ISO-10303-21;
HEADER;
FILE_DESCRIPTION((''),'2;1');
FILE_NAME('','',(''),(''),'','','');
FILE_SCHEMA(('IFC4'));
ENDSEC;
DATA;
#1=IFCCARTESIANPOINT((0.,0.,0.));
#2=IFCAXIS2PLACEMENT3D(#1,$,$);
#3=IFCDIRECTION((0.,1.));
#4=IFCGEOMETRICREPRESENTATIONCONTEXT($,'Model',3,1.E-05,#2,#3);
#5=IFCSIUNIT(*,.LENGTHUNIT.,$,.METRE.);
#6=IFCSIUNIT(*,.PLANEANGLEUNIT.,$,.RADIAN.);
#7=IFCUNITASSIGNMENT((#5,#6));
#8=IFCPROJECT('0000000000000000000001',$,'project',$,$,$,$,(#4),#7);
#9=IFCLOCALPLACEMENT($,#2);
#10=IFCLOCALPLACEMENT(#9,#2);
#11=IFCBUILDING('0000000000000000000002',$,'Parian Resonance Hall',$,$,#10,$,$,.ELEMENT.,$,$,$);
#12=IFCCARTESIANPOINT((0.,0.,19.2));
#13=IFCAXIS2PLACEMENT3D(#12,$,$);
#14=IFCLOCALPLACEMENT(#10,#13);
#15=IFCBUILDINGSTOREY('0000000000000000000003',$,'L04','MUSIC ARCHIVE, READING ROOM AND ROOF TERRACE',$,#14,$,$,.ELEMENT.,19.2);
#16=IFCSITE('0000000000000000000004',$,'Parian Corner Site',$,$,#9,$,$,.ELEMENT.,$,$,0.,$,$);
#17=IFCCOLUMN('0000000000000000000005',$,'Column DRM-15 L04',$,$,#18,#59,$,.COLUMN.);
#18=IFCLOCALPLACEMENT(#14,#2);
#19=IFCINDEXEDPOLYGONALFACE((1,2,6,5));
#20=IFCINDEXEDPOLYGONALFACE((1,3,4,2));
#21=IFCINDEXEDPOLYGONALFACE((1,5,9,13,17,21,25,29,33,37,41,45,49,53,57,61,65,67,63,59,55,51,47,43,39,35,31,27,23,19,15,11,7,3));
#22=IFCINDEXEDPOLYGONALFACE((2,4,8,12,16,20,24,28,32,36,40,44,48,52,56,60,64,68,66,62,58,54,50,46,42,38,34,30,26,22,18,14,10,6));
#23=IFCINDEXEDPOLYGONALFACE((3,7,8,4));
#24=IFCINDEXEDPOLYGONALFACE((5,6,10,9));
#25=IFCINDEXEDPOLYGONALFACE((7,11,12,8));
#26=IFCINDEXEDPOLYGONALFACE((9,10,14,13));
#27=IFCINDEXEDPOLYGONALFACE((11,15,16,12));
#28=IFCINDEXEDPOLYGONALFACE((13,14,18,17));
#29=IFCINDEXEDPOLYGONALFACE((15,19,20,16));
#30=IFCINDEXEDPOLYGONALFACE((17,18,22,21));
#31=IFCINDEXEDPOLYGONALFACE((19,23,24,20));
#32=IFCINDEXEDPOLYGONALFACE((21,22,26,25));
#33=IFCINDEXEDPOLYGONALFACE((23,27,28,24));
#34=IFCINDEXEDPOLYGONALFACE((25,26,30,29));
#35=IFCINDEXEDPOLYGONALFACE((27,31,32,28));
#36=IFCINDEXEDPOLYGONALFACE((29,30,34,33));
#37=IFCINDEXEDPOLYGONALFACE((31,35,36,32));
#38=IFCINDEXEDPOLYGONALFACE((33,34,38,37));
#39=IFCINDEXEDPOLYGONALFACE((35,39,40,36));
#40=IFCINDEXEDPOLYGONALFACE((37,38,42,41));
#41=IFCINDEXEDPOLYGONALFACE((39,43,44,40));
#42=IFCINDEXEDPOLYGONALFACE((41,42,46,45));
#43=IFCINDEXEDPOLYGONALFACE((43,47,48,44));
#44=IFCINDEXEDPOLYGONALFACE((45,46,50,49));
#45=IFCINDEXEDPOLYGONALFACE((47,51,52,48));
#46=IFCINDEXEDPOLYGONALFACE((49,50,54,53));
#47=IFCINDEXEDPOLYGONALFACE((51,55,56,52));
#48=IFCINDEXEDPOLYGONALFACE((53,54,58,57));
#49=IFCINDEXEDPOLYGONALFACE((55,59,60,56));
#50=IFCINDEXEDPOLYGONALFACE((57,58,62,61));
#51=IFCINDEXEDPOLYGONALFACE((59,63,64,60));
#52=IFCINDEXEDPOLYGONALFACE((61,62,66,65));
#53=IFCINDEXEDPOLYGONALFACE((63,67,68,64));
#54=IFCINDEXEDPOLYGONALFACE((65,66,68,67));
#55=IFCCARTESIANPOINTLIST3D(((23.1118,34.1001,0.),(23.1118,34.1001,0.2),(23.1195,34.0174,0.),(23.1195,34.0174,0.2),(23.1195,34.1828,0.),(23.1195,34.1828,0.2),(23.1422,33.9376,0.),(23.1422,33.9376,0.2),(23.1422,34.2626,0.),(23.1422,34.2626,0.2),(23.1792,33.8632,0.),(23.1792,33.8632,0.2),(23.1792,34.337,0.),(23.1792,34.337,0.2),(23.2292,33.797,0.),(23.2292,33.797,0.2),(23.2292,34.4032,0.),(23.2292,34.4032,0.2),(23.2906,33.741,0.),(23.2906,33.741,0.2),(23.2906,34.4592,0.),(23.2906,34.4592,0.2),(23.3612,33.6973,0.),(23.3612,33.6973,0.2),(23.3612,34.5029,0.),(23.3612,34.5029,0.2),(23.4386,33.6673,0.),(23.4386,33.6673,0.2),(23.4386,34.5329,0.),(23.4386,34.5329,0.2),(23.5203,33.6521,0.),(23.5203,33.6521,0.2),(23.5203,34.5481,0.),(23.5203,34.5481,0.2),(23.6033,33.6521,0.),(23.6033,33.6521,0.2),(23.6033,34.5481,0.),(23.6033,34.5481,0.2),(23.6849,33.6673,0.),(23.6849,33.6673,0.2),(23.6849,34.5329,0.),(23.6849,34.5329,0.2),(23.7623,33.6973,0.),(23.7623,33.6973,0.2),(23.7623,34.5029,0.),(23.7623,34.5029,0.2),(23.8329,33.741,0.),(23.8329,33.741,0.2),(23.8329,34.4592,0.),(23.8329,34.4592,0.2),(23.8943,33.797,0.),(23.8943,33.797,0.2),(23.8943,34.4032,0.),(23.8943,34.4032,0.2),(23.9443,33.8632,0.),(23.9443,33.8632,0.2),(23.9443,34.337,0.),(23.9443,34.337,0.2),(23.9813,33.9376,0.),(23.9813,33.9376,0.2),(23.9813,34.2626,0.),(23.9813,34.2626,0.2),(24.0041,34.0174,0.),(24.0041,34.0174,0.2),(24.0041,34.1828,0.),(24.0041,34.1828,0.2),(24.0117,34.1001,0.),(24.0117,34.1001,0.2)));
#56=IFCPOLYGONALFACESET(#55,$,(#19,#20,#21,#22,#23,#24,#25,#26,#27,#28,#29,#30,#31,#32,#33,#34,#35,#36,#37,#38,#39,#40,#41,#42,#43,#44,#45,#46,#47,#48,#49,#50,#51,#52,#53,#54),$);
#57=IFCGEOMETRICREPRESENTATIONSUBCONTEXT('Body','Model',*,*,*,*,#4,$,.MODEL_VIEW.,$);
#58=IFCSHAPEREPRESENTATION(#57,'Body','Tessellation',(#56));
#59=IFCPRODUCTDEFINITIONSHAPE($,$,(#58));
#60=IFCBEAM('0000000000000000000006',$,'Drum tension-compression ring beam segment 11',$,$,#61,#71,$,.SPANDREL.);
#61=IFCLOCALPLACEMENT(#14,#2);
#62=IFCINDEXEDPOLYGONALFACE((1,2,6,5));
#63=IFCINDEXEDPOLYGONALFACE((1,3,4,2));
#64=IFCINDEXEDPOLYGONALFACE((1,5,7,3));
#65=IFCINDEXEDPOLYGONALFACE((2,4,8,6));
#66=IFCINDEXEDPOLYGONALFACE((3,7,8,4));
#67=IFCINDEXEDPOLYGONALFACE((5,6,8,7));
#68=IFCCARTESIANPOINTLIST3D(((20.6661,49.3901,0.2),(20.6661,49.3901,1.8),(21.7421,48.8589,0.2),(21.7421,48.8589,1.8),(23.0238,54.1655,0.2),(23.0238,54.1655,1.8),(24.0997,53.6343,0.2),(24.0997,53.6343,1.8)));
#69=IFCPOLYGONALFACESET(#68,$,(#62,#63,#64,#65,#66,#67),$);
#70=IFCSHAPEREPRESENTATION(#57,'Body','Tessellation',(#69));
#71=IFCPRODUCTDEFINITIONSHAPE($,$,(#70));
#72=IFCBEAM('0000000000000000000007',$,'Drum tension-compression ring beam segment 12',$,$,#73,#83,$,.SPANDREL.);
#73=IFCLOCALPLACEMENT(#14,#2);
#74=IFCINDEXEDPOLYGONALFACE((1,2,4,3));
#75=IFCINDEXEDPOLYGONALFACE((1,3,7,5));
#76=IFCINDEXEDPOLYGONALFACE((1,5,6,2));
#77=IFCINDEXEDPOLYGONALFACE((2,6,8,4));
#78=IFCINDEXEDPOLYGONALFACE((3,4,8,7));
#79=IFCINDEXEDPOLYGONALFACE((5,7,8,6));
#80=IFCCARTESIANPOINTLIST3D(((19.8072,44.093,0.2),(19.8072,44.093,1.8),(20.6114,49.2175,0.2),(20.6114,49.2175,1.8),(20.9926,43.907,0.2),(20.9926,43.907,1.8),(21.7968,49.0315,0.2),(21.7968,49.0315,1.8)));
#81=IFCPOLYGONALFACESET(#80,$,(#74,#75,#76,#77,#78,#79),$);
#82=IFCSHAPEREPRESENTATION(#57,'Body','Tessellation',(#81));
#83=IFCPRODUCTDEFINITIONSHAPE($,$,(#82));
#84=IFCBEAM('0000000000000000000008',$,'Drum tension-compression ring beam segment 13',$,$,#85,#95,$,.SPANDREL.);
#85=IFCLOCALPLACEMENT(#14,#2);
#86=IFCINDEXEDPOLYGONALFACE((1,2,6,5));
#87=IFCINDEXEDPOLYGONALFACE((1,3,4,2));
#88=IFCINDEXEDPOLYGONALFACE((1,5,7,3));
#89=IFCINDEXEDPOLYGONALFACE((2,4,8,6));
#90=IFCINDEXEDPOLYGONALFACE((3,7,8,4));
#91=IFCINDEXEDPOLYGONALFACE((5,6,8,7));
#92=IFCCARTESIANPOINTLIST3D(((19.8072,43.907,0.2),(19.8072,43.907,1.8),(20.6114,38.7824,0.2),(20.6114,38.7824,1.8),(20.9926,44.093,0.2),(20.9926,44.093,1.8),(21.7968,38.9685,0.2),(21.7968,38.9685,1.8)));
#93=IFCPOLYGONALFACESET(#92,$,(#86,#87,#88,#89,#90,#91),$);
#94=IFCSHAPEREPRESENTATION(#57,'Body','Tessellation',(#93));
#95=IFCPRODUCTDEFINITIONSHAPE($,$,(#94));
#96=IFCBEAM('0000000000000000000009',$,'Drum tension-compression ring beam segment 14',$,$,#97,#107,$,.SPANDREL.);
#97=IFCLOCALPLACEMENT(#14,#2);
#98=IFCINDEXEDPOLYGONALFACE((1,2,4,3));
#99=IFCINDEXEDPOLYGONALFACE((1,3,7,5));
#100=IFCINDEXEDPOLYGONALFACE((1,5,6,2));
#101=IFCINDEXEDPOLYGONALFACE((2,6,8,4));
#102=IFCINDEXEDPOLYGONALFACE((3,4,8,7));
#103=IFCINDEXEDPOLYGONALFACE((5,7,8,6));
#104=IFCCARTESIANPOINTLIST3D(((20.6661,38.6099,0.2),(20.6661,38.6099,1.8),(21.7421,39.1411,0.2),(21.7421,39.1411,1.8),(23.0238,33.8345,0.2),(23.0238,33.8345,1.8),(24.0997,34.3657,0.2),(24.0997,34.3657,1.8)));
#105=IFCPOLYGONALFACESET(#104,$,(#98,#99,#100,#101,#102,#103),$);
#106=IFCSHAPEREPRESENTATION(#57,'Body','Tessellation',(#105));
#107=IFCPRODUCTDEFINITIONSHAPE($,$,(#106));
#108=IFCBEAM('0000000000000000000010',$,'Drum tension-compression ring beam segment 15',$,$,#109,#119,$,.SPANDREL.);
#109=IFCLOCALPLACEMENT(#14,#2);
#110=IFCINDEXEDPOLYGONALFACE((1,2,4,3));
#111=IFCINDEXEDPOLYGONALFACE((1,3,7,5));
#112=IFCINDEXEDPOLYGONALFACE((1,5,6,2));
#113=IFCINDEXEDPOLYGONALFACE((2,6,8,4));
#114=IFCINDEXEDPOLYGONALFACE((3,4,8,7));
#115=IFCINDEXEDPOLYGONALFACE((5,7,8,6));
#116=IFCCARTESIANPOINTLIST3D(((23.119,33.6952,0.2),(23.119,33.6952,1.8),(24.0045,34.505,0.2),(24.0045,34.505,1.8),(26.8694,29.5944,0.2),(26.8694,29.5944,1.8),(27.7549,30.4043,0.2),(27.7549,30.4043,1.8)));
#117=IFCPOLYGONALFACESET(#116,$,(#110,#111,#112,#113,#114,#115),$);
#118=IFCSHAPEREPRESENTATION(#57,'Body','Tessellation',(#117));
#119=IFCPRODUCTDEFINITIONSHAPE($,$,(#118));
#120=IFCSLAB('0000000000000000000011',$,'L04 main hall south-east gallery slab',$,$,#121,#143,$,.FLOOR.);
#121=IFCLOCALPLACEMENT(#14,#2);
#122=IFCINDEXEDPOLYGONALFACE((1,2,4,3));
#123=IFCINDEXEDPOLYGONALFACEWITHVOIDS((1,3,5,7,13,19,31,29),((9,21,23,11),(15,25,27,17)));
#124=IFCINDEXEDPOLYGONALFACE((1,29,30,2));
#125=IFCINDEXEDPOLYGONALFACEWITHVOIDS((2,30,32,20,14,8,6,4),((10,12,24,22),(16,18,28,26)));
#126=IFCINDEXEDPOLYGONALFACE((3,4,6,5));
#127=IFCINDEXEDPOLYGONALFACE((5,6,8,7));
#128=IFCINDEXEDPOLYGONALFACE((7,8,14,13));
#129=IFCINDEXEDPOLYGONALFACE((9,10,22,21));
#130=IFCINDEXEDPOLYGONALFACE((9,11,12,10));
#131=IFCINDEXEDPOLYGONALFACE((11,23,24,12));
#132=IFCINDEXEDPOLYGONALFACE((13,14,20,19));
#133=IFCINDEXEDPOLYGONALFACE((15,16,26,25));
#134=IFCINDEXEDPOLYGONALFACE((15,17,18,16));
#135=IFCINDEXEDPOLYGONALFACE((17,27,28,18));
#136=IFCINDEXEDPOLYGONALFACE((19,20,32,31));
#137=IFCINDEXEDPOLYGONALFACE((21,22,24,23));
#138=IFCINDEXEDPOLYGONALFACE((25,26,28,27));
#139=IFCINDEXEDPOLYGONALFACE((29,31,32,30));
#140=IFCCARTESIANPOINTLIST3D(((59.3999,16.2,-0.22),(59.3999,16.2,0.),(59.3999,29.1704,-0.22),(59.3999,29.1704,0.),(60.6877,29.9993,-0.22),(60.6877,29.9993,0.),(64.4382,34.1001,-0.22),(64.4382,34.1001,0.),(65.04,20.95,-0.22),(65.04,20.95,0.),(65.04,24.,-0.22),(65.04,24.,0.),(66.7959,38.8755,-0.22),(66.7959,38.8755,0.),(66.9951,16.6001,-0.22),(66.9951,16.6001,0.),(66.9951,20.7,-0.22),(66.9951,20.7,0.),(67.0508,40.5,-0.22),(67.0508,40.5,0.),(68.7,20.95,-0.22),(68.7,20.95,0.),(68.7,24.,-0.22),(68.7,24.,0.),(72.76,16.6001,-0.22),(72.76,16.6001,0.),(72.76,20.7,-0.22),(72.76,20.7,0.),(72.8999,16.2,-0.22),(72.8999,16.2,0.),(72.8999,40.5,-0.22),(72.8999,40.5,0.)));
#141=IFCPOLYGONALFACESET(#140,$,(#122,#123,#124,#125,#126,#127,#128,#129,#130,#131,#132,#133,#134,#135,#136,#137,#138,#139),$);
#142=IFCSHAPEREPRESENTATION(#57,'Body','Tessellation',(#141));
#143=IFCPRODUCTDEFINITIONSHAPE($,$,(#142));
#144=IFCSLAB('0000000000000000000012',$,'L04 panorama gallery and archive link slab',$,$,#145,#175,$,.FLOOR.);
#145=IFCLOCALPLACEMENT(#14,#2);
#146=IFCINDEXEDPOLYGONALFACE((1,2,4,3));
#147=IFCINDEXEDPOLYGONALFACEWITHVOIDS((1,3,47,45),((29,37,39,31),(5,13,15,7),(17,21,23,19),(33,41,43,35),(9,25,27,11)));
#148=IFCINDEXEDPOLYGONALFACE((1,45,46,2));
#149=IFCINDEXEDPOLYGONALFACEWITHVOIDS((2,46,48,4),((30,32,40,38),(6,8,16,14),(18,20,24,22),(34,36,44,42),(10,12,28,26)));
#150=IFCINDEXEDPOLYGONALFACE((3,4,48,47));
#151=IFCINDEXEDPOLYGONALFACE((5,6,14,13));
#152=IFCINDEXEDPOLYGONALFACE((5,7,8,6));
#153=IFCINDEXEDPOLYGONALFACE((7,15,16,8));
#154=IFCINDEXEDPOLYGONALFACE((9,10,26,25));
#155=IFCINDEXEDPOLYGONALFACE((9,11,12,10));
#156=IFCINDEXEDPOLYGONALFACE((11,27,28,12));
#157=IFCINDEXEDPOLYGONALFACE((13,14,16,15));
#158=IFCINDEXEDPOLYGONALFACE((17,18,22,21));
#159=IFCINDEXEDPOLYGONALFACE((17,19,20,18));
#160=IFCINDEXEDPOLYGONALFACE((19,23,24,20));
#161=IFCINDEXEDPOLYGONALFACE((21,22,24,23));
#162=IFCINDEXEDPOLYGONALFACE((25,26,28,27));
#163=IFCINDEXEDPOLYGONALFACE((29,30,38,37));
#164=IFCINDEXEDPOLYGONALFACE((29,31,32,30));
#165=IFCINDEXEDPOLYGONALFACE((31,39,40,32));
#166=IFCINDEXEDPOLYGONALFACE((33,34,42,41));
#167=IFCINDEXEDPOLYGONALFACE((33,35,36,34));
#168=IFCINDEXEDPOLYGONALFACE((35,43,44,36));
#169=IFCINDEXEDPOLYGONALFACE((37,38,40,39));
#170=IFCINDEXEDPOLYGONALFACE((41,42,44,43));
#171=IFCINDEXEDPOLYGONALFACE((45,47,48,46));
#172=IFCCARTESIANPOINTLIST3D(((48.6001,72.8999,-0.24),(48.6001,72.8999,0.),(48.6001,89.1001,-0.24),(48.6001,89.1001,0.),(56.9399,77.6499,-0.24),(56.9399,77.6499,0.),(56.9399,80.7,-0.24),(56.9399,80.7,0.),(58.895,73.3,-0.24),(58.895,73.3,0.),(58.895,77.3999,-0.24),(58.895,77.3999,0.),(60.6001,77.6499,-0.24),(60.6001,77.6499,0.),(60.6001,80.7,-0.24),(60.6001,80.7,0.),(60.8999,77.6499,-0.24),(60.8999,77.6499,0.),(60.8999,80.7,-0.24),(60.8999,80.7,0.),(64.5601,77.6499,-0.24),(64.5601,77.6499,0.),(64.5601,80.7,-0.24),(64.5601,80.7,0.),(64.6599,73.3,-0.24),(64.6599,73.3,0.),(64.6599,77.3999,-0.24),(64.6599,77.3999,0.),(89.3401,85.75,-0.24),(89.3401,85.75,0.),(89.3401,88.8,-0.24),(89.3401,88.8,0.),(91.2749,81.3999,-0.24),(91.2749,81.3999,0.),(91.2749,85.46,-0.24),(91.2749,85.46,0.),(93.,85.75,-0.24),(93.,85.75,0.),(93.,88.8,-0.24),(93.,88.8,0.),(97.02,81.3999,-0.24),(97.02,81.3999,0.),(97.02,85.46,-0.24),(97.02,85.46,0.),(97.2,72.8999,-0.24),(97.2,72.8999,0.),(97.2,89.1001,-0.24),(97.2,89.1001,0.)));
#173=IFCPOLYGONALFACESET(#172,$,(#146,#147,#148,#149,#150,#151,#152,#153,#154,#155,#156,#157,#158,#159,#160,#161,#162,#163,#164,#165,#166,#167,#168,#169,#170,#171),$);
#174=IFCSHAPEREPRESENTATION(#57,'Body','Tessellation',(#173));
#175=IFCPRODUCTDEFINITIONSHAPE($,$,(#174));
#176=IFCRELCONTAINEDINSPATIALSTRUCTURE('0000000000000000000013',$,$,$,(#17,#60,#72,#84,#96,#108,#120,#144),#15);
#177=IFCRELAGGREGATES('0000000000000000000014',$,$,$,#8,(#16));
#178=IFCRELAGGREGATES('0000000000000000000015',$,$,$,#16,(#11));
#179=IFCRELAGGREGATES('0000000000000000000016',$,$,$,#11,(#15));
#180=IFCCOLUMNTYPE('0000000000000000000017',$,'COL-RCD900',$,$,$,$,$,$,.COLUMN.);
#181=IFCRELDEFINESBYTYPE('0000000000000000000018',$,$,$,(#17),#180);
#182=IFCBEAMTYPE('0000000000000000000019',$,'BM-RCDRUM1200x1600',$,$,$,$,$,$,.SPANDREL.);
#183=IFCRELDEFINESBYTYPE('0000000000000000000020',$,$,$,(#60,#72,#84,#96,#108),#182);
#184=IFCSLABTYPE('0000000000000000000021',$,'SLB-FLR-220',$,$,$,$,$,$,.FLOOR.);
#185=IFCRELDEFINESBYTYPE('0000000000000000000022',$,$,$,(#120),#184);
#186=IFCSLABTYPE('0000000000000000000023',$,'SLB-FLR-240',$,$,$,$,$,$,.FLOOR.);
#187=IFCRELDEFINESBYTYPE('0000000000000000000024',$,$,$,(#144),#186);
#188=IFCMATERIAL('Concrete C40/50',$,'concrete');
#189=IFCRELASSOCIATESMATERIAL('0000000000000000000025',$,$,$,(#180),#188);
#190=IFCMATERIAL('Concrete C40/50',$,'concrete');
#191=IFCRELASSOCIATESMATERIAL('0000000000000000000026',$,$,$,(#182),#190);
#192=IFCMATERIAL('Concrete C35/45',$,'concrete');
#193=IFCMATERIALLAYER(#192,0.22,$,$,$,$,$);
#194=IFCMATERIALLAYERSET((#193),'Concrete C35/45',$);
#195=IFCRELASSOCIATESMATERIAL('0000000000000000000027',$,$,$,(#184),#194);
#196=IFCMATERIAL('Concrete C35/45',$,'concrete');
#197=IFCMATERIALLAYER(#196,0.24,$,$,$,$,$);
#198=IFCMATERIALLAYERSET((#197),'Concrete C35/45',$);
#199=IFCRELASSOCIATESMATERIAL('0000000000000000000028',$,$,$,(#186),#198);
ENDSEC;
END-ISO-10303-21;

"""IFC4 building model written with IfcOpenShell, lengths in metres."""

from ifc_helpers import new_model, si_unit, direction, frame, origin, origin_2d, place, context, subcontext, project, spatial, polyline, rectangle, circle, outline, extrude, material, layer, layer_set, material_profile, profile_set, type_object, element, save


model = new_model("IFC4")

# Units and contexts
model_context = context("Model", 3, precision=1e-05, world=origin(), true_north=direction((0.0, 1.0)))
body_context = subcontext(model_context, "Body", "Model", "MODEL_VIEW")
ifc_project = project(units=[si_unit("LENGTHUNIT", "METRE"), si_unit("PLANEANGLEUNIT", "RADIAN")], contexts=[model_context])

# Site, building, storey
site_placement = place(None, origin())
site = spatial("IfcSite", under=ifc_project, at=site_placement, Name="Parian Corner Site", CompositionType="ELEMENT", RefElevation=0.0)
building_placement = place(site_placement, origin())
building = spatial("IfcBuilding", under=site, at=building_placement, Name="Parian Resonance Hall", CompositionType="ELEMENT")
storey_placement = place(building_placement, frame((0.0, 0.0, 19.2)))
storey = spatial("IfcBuildingStorey", under=building, at=storey_placement, Name="L04", Description="MUSIC ARCHIVE, READING ROOM AND ROOF TERRACE", CompositionType="ELEMENT", Elevation=19.2)

# Column
ifc_material_1 = material(Name="Concrete C40/50", Category="concrete")
ifc_material_profile_1 = material_profile(ifc_material_1, circle(Radius=0.45, at=origin_2d()), Name="RC-COL-D900")
ifc_profile_set_1 = profile_set([ifc_material_profile_1], Name="Concrete C40/50")
column_type = type_object("IfcColumnType", Name="COL-RCD900", PredefinedType="COLUMN", material=ifc_profile_set_1)
for number, where, z_axis, x_axis, name in (
    (1, (23.5618, 34.1001, 0.0), (0.0, 0.0, 1.0), (1.0, 0.0, 0.0), "Column DRM-15 L04"),
):
    element("IfcColumn", number, at=place(storey_placement, frame(where, z_axis=z_axis, x_axis=x_axis)), inside=storey, type_object=column_type, Name=name, PredefinedType="COLUMN", context=body_context, shape_type="SweptSolid", body=[
        extrude(circle(Radius=0.45, at=origin_2d()), origin(), (0.0, 0.0, 1.0), 0.2),
    ])

# Beams
ifc_material_2 = material(Name="Concrete C40/50", Category="concrete")
ifc_material_profile_2 = material_profile(ifc_material_2, rectangle(XDim=1.2, YDim=1.6001, at=origin_2d()), Name="RC-DRUM-1200x1600")
ifc_profile_set_2 = profile_set([ifc_material_profile_2], Name="Concrete C40/50")
beam_type = type_object("IfcBeamType", Name="BM-RCDRUM1200x1600", PredefinedType="SPANDREL", material=ifc_profile_set_2)
beam_1_placement = place(storey_placement, frame((23.5618, 53.8999, 1.0), z_axis=(-0.442697, -0.896671, 0.0), x_axis=(0.896671, -0.442697, 0.0)))
element("IfcBeam", 2, at=beam_1_placement, inside=storey, type_object=beam_type, Name="Drum tension-compression ring beam segment 11", PredefinedType="SPANDREL", context=body_context, shape_type="SweptSolid", body=[
    extrude(rectangle(XDim=1.2, YDim=1.6001, at=origin_2d()), origin(), (0.0, 0.0, 1.0), 5.3257),
])
for number, where, z_axis, x_axis, name in (
    (3, (21.2041, 49.1245, 1.0), (-0.155034, -0.987909, 0.0), (0.987909, -0.155034, 0.0), "Drum tension-compression ring beam segment 12"),
    (4, (20.3999, 44.0, 1.0), (0.155034, -0.987909, 0.0), (0.987909, 0.155034, 0.0), "Drum tension-compression ring beam segment 13"),
):
    element("IfcBeam", number, at=place(storey_placement, frame(where, z_axis=z_axis, x_axis=x_axis)), inside=storey, type_object=beam_type, Name=name, PredefinedType="SPANDREL", context=body_context, shape_type="SweptSolid", body=[
        extrude(rectangle(XDim=1.2, YDim=1.6001, at=origin_2d()), origin(), (0.0, 0.0, 1.0), 5.1873),
    ])
beam_2_placement = place(storey_placement, frame((21.2041, 38.8755, 1.0), z_axis=(0.442697, -0.896671, 0.0), x_axis=(0.896671, 0.442697, 0.0)))
element("IfcBeam", 5, at=beam_2_placement, inside=storey, type_object=beam_type, Name="Drum tension-compression ring beam segment 14", PredefinedType="SPANDREL", context=body_context, shape_type="SweptSolid", body=[
    extrude(rectangle(XDim=1.2, YDim=1.6001, at=origin_2d()), origin(), (0.0, 0.0, 1.0), 5.3257),
])
beam_3_placement = place(storey_placement, frame((23.5618, 34.1001, 1.0), z_axis=(0.674883, -0.737925, 0.0), x_axis=(0.737925, 0.674883, 0.0)))
element("IfcBeam", 6, at=beam_3_placement, inside=storey, type_object=beam_type, Name="Drum tension-compression ring beam segment 15", PredefinedType="SPANDREL", context=body_context, shape_type="SweptSolid", body=[
    extrude(rectangle(XDim=1.2, YDim=1.6001, at=origin_2d()), origin(), (0.0, 0.0, 1.0), 5.5571),
])

# Slabs
ifc_material_3 = material(Name="Concrete C35/45", Category="concrete")
ifc_layer_1 = layer(ifc_material_3, 0.22)
ifc_layer_set_1 = layer_set([ifc_layer_1], Name="Concrete C35/45")
slab_type_1 = type_object("IfcSlabType", Name="SLB-FLR-220", PredefinedType="FLOOR", material=ifc_layer_set_1)
slab_1_placement = place(storey_placement, frame((0.0, 0.0, -0.22)))
element("IfcSlab", 7, at=slab_1_placement, inside=storey, type_object=slab_type_1, Name="L04 main hall south-east gallery slab", PredefinedType="FLOOR", context=body_context, shape_type="SweptSolid", body=[
    extrude(outline(polyline([(72.8999, 40.5), (67.0508, 40.5), (66.7959, 38.8755), (64.4382, 34.1001), (60.6877, 29.9993), (59.3999, 29.1704), (59.3999, 16.2), (72.8999, 16.2), (72.8999, 40.5)]), holes=[polyline([(66.9951, 20.7), (72.76, 20.7), (72.76, 16.6001), (66.9951, 16.6001), (66.9951, 20.7)]), polyline([(65.04, 24.0), (68.7, 24.0), (68.7, 20.95), (65.04, 20.95), (65.04, 24.0)])]), origin(), (0.0, 0.0, 1.0), 0.22),
])
ifc_material_4 = material(Name="Concrete C35/45", Category="concrete")
ifc_layer_2 = layer(ifc_material_4, 0.24)
ifc_layer_set_2 = layer_set([ifc_layer_2], Name="Concrete C35/45")
slab_type_2 = type_object("IfcSlabType", Name="SLB-FLR-240", PredefinedType="FLOOR", material=ifc_layer_set_2)
slab_2_placement = place(storey_placement, frame((0.0, 0.0, -0.24)))
element("IfcSlab", 8, at=slab_2_placement, inside=storey, type_object=slab_type_2, Name="L04 panorama gallery and archive link slab", PredefinedType="FLOOR", context=body_context, shape_type="SweptSolid", body=[
    extrude(outline(polyline([(48.6001, 72.8999), (97.2, 72.8999), (97.2, 89.1001), (48.6001, 89.1001), (48.6001, 72.8999)]), holes=[polyline([(64.6599, 77.3999), (64.6599, 73.3), (58.895, 73.3), (58.895, 77.3999), (64.6599, 77.3999)]), polyline([(60.6001, 80.7), (60.6001, 77.6499), (56.9399, 77.6499), (56.9399, 80.7), (60.6001, 80.7)]), polyline([(64.5601, 80.7), (64.5601, 77.6499), (60.8999, 77.6499), (60.8999, 80.7), (64.5601, 80.7)]), polyline([(97.02, 81.3999), (91.2749, 81.3999), (91.2749, 85.46), (97.02, 85.46), (97.02, 81.3999)]), polyline([(93.0, 85.75), (89.3401, 85.75), (89.3401, 88.8), (93.0, 88.8), (93.0, 85.75)])]), origin(), (0.0, 0.0, 1.0), 0.24),
])

save(model, "model.ifc")
